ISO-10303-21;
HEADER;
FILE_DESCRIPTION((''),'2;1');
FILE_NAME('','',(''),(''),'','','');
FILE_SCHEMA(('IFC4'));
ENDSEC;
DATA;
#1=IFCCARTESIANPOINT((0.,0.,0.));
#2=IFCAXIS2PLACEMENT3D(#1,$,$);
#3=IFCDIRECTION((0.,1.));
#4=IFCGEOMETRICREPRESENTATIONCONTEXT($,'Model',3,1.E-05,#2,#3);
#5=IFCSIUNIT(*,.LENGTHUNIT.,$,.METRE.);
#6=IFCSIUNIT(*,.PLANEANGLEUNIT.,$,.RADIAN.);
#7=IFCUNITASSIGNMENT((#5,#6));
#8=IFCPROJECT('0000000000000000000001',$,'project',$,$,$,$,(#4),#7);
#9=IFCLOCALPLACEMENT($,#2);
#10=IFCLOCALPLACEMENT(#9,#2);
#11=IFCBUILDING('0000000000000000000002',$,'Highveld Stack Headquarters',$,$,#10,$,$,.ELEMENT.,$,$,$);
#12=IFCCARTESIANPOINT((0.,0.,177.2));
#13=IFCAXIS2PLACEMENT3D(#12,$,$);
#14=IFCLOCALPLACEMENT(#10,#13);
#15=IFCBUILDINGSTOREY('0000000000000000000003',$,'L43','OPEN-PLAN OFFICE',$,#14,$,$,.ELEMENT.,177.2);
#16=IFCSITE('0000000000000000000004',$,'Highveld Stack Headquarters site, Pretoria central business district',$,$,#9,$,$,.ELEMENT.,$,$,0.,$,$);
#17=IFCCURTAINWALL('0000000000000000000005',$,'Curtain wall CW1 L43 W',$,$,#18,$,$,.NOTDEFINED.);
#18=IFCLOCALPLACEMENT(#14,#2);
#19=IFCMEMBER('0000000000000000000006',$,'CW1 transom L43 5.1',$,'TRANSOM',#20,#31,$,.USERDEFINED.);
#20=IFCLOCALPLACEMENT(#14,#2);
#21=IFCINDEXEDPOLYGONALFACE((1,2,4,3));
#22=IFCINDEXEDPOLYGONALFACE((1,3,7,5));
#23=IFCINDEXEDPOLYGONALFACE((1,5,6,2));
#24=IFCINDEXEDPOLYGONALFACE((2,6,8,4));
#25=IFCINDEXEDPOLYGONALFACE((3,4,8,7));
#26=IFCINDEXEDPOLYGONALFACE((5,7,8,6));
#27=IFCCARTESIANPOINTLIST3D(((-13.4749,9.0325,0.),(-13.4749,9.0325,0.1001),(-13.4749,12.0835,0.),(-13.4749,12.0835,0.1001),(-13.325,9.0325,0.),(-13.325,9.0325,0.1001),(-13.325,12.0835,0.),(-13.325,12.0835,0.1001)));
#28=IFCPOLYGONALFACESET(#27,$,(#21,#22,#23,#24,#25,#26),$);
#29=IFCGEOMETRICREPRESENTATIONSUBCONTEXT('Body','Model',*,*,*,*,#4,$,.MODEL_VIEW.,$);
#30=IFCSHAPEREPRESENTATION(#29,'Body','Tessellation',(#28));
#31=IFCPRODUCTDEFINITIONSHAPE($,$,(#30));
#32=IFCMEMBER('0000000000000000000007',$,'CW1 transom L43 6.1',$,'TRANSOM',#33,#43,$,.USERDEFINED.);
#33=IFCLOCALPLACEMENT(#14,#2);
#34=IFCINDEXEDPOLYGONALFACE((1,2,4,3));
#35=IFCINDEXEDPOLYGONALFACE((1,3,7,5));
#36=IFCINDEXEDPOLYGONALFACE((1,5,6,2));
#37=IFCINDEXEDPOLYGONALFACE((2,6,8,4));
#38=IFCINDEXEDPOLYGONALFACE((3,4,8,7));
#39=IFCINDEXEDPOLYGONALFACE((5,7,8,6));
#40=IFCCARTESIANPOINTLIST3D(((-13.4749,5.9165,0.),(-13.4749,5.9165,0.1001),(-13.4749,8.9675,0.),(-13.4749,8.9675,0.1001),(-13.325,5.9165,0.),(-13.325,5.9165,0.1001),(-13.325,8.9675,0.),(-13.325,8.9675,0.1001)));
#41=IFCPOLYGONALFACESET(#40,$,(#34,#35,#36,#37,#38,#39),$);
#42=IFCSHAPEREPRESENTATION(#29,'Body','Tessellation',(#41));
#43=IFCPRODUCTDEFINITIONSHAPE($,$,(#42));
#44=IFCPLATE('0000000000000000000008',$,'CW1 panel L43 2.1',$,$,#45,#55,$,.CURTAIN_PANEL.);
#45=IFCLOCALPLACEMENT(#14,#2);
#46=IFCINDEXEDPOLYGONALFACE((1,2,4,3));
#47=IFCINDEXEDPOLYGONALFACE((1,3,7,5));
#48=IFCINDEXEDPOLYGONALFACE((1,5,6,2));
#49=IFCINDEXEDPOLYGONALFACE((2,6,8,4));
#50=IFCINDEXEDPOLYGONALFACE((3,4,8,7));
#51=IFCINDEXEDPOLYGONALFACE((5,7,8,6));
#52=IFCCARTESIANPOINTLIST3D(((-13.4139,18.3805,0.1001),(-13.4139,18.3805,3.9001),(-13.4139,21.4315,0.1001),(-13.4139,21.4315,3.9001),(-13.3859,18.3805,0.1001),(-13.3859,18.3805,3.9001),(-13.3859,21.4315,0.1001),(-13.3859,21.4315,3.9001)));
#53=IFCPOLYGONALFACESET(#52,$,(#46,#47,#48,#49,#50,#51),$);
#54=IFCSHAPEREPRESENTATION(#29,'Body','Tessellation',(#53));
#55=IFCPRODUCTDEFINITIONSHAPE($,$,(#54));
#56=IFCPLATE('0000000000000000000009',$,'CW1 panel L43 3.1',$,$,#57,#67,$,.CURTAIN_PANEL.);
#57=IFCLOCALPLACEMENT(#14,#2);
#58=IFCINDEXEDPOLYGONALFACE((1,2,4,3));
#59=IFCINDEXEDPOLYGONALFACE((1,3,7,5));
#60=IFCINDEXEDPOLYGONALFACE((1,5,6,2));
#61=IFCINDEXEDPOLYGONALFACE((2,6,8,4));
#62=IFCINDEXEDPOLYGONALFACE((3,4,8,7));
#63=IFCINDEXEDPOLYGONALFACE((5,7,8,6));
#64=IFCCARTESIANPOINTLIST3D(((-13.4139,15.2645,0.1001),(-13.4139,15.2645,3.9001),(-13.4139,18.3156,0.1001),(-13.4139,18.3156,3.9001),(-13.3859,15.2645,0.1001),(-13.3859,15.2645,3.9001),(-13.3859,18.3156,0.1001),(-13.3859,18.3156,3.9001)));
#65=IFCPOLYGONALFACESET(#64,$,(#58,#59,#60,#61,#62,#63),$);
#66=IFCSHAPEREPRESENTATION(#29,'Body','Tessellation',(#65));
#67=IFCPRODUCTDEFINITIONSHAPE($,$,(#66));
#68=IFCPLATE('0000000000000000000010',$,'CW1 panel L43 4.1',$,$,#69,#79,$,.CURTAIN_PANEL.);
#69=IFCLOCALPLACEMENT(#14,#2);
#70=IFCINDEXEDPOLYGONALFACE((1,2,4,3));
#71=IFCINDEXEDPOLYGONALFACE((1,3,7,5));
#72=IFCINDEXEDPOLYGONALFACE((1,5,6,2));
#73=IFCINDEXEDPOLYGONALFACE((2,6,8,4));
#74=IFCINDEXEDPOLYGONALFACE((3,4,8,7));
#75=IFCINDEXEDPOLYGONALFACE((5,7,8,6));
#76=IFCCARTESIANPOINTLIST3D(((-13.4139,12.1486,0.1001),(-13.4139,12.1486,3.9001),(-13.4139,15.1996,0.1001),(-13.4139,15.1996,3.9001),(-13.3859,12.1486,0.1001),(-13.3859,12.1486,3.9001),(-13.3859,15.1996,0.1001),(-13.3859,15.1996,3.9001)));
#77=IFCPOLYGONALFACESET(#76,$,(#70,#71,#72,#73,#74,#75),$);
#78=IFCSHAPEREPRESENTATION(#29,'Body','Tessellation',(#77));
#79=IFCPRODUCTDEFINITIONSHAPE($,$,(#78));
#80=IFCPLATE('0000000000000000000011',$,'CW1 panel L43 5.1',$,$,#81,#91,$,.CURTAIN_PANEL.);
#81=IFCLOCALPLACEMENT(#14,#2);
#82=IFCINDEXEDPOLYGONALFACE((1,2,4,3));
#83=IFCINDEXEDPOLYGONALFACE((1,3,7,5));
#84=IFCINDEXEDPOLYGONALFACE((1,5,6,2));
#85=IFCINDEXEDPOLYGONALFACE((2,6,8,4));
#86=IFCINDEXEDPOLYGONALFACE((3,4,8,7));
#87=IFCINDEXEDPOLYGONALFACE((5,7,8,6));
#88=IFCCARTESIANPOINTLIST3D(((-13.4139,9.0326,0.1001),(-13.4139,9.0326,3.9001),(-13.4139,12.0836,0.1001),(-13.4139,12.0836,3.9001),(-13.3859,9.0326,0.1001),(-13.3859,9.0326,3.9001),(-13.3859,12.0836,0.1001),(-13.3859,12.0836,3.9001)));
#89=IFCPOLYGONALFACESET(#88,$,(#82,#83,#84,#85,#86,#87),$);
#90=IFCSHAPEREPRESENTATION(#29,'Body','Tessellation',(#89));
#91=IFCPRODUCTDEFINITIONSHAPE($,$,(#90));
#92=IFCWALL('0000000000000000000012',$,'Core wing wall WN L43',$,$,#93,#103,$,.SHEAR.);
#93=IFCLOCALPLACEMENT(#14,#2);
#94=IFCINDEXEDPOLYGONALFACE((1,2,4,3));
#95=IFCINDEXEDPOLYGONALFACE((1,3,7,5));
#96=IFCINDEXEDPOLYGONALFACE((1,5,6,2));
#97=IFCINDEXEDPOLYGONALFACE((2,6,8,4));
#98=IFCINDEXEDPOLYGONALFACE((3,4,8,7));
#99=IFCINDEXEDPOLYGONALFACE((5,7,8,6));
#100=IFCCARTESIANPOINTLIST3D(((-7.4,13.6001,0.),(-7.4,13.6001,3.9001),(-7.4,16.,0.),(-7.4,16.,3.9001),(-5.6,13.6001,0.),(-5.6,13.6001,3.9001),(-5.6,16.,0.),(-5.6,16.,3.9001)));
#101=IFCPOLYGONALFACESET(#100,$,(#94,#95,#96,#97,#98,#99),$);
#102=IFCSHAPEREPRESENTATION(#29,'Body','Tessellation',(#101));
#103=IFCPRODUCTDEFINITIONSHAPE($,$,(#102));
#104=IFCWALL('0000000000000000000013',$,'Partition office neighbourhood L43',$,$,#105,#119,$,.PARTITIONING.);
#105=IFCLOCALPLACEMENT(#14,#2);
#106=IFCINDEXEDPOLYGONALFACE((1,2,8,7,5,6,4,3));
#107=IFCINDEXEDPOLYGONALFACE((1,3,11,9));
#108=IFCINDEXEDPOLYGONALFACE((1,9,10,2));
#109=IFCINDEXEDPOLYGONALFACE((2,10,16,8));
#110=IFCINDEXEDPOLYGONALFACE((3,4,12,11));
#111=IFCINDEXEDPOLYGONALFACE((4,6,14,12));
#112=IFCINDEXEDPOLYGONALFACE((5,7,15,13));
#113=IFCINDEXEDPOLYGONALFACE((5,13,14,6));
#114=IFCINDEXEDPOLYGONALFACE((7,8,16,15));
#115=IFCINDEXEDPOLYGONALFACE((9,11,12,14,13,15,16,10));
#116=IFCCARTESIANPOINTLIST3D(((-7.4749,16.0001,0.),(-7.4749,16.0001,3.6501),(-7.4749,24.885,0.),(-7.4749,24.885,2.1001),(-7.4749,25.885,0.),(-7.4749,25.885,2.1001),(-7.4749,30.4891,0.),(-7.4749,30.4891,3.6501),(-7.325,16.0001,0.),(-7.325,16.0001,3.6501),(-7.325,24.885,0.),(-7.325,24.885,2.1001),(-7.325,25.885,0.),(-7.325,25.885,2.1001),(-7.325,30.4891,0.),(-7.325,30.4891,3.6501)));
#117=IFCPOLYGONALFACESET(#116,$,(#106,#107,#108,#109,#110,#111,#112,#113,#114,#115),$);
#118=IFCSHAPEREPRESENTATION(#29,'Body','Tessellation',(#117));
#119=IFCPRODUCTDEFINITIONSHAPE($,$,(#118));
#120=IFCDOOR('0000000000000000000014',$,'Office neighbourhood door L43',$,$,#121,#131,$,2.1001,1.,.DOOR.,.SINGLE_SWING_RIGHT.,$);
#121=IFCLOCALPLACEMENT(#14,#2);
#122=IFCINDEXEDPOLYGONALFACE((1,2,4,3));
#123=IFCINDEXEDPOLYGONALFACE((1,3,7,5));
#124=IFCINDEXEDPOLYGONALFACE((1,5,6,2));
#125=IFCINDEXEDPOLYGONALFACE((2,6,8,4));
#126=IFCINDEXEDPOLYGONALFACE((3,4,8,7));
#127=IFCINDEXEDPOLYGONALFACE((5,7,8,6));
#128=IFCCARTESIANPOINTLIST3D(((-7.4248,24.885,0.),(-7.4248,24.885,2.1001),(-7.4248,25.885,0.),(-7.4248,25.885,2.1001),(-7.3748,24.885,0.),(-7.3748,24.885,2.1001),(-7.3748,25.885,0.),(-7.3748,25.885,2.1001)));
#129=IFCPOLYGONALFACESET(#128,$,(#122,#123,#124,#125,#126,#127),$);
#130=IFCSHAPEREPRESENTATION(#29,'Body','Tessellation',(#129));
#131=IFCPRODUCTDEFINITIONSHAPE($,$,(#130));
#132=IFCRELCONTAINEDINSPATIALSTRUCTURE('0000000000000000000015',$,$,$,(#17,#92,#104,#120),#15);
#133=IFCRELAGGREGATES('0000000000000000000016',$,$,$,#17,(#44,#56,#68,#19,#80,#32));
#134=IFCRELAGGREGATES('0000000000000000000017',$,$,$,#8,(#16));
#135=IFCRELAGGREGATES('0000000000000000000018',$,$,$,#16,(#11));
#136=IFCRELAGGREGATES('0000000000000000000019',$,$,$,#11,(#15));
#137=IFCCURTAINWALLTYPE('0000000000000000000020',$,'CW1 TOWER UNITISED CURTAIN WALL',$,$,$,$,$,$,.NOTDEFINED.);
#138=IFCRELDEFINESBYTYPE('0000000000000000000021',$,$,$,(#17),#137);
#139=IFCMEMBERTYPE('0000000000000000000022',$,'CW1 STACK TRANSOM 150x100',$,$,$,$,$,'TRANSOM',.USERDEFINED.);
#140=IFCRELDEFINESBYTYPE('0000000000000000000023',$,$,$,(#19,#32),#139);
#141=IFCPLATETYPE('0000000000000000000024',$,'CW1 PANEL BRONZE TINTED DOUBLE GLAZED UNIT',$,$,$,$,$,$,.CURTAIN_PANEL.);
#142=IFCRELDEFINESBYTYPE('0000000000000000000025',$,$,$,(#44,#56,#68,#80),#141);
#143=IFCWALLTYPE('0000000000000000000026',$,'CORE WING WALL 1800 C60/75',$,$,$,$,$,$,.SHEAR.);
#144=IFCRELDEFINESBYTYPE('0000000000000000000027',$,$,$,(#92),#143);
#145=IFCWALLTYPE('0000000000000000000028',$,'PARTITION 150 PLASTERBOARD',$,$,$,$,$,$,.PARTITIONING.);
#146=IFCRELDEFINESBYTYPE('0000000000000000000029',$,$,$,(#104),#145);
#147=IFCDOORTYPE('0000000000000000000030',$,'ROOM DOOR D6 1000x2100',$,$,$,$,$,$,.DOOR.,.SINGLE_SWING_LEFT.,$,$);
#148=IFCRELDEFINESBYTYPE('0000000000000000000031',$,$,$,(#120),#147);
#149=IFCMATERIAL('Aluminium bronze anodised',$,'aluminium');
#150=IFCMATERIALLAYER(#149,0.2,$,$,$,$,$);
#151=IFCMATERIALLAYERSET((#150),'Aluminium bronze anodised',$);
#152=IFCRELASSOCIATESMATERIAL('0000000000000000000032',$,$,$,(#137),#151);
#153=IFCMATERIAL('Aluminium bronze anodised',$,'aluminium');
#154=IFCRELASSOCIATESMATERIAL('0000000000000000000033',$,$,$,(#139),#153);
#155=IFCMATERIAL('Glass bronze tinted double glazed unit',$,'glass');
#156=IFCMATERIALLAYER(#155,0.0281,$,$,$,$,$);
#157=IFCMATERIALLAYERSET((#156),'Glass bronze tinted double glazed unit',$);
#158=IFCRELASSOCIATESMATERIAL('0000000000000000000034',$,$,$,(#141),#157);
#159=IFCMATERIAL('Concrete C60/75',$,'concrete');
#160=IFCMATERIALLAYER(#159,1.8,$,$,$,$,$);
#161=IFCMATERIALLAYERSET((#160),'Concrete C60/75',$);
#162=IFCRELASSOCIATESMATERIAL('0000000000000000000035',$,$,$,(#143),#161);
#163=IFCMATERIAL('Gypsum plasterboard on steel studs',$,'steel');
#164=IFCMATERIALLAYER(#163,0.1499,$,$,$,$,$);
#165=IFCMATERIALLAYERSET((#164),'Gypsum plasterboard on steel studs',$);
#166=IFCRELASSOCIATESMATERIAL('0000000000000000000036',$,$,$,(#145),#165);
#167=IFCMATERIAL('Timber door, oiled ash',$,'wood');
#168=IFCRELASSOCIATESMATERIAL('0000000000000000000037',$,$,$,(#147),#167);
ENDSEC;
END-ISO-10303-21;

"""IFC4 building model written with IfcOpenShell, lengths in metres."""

from ifc_helpers import new_model, si_unit, direction, frame, frame_2d, origin, origin_2d, place, context, subcontext, project, spatial, rectangle, extrude, material, layer, layer_set, material_profile, profile_set, type_object, element, fill, aggregate, save


model = new_model("IFC4")

# Units and contexts
model_context = context("Model", 3, precision=1e-05, world=origin(), true_north=direction((0.0, 1.0)))
body_context = subcontext(model_context, "Body", "Model", "MODEL_VIEW")
ifc_project = project(units=[si_unit("LENGTHUNIT", "METRE"), si_unit("PLANEANGLEUNIT", "RADIAN")], contexts=[model_context])

# Site, building, storey
site_placement = place(None, origin())
site = spatial("IfcSite", under=ifc_project, at=site_placement, Name="Highveld Stack Headquarters site, Pretoria central business district", CompositionType="ELEMENT", RefElevation=0.0)
building_placement = place(site_placement, origin())
building = spatial("IfcBuilding", under=site, at=building_placement, Name="Highveld Stack Headquarters", CompositionType="ELEMENT")
storey_placement = place(building_placement, frame((0.0, 0.0, 177.2)))
storey = spatial("IfcBuildingStorey", under=building, at=storey_placement, Name="L43", Description="OPEN-PLAN OFFICE", CompositionType="ELEMENT", Elevation=177.2)

# Curtain wall, members, plates
ifc_material_1 = material(Name="Aluminium bronze anodised", Category="aluminium")
ifc_layer_1 = layer(ifc_material_1, 0.2)
ifc_layer_set_1 = layer_set([ifc_layer_1], Name="Aluminium bronze anodised")
curtain_wall_type = type_object("IfcCurtainWallType", Name="CW1 TOWER UNITISED CURTAIN WALL", PredefinedType="NOTDEFINED", material=ifc_layer_set_1)
curtain_wall_placement = place(storey_placement, origin())
curtain_wall = element("IfcCurtainWall", 1, at=curtain_wall_placement, inside=storey, type_object=curtain_wall_type, Name="Curtain wall CW1 L43 W", PredefinedType="NOTDEFINED")
ifc_material_2 = material(Name="Aluminium bronze anodised", Category="aluminium")
ifc_material_profile_1 = material_profile(ifc_material_2, rectangle(XDim=0.1499, YDim=0.1001, at=origin_2d()), Name="CW1 TRANSOM 150x100")
ifc_profile_set_1 = profile_set([ifc_material_profile_1], Name="Aluminium bronze anodised")
member_type_1 = type_object("IfcMemberType", Name="CW1 STACK TRANSOM 150x100", ElementType="TRANSOM", PredefinedType="USERDEFINED", material=ifc_profile_set_1)
member_1_placement = place(storey_placement, frame((-13.3999, 12.0835, 0.05), z_axis=(0.0, -1.0, 0.0), x_axis=(1.0, 0.0, 0.0)))
member_1 = element("IfcMember", 2, at=member_1_placement, type_object=member_type_1, Name="CW1 transom L43 5.1", ObjectType="TRANSOM", PredefinedType="USERDEFINED", context=body_context, shape_type="SweptSolid", body=[
    extrude(rectangle(XDim=0.1499, YDim=0.1001, at=origin_2d()), origin(), (0.0, 0.0, 1.0), 3.051),
])
member_2_placement = place(storey_placement, frame((-13.3999, 8.9675, 0.05), z_axis=(0.0, -1.0, 0.0), x_axis=(1.0, 0.0, 0.0)))
member_2 = element("IfcMember", 3, at=member_2_placement, type_object=member_type_1, Name="CW1 transom L43 6.1", ObjectType="TRANSOM", PredefinedType="USERDEFINED", context=body_context, shape_type="SweptSolid", body=[
    extrude(rectangle(XDim=0.1499, YDim=0.1001, at=origin_2d()), origin(), (0.0, 0.0, 1.0), 3.051),
])
ifc_material_3 = material(Name="Glass bronze tinted double glazed unit", Category="glass")
ifc_layer_2 = layer(ifc_material_3, 0.0281)
ifc_layer_set_2 = layer_set([ifc_layer_2], Name="Glass bronze tinted double glazed unit")
plate_type = type_object("IfcPlateType", Name="CW1 PANEL BRONZE TINTED DOUBLE GLAZED UNIT", PredefinedType="CURTAIN_PANEL", material=ifc_layer_set_2)
plate_1_placement = place(storey_placement, frame((-13.3999, 19.906, 0.1001), z_axis=(0.0, 0.0, 1.0), x_axis=(0.0, -1.0, 0.0)))
plate_1 = element("IfcPlate", 4, at=plate_1_placement, type_object=plate_type, Name="CW1 panel L43 2.1", PredefinedType="CURTAIN_PANEL", context=body_context, shape_type="SweptSolid", body=[
    extrude(rectangle(XDim=3.051, YDim=0.0281, at=origin_2d()), origin(), (0.0, 0.0, 1.0), 3.8),
])
plate_2_placement = place(storey_placement, frame((-13.3999, 16.79, 0.1001), z_axis=(0.0, 0.0, 1.0), x_axis=(0.0, -1.0, 0.0)))
plate_2 = element("IfcPlate", 5, at=plate_2_placement, type_object=plate_type, Name="CW1 panel L43 3.1", PredefinedType="CURTAIN_PANEL", context=body_context, shape_type="SweptSolid", body=[
    extrude(rectangle(XDim=3.051, YDim=0.0281, at=origin_2d()), origin(), (0.0, 0.0, 1.0), 3.8),
])
plate_3_placement = place(storey_placement, frame((-13.3999, 13.6741, 0.1001), z_axis=(0.0, 0.0, 1.0), x_axis=(0.0, -1.0, 0.0)))
plate_3 = element("IfcPlate", 6, at=plate_3_placement, type_object=plate_type, Name="CW1 panel L43 4.1", PredefinedType="CURTAIN_PANEL", context=body_context, shape_type="SweptSolid", body=[
    extrude(rectangle(XDim=3.051, YDim=0.0281, at=origin_2d()), origin(), (0.0, 0.0, 1.0), 3.8),
])
plate_4_placement = place(storey_placement, frame((-13.3999, 10.5581, 0.1001), z_axis=(0.0, 0.0, 1.0), x_axis=(0.0, -1.0, 0.0)))
plate_4 = element("IfcPlate", 7, at=plate_4_placement, type_object=plate_type, Name="CW1 panel L43 5.1", PredefinedType="CURTAIN_PANEL", context=body_context, shape_type="SweptSolid", body=[
    extrude(rectangle(XDim=3.051, YDim=0.0281, at=origin_2d()), origin(), (0.0, 0.0, 1.0), 3.8),
])
aggregate(curtain_wall, [plate_1, plate_2, plate_3, member_1, plate_4, member_2])

# Wall
ifc_material_4 = material(Name="Concrete C60/75", Category="concrete")
ifc_layer_3 = layer(ifc_material_4, 1.8)
ifc_layer_set_3 = layer_set([ifc_layer_3], Name="Concrete C60/75")
wall_type_1 = type_object("IfcWallType", Name="CORE WING WALL 1800 C60/75", PredefinedType="SHEAR", material=ifc_layer_set_3)
wall_1_placement = place(storey_placement, frame((-6.5, 13.6001, 0.0), z_axis=(0.0, 0.0, 1.0), x_axis=(0.0, 1.0, 0.0)))
element("IfcWall", 8, at=wall_1_placement, inside=storey, type_object=wall_type_1, Name="Core wing wall WN L43", PredefinedType="SHEAR", context=body_context, shape_type="SweptSolid", body=[
    extrude(rectangle(XDim=2.3999, YDim=1.8, at=frame_2d((1.2, 0.0))), origin(), (0.0, 0.0, 1.0), 3.9001),
])

# Wall, opening, door
ifc_material_5 = material(Name="Gypsum plasterboard on steel studs", Category="steel")
ifc_layer_4 = layer(ifc_material_5, 0.1499)
ifc_layer_set_4 = layer_set([ifc_layer_4], Name="Gypsum plasterboard on steel studs")
wall_type_2 = type_object("IfcWallType", Name="PARTITION 150 PLASTERBOARD", PredefinedType="PARTITIONING", material=ifc_layer_set_4)
wall_2_placement = place(storey_placement, frame((-7.3999, 16.0, 0.0), z_axis=(0.0, 0.0, 1.0), x_axis=(0.0, 1.0, 0.0)))
wall_2 = element("IfcWall", 9, at=wall_2_placement, inside=storey, type_object=wall_type_2, Name="Partition office neighbourhood L43", PredefinedType="PARTITIONING", context=body_context, shape_type="SweptSolid", body=[
    extrude(rectangle(XDim=14.489, YDim=0.1499, at=frame_2d((7.2446, 0.0))), origin(), (0.0, 0.0, 1.0), 3.6501),
])
opening_placement = place(wall_2_placement, frame((8.885, 0.0, 0.0)))
opening = element("IfcOpeningElement", 10, at=opening_placement, cuts=wall_2, PredefinedType="OPENING", context=body_context, shape_type="SweptSolid", body=[
    extrude(rectangle(XDim=1.0, YDim=2.1001, at=frame_2d((0.5, 1.05))), frame((0.0, 0.085, 0.0), z_axis=(0.0, -1.0, 0.0), x_axis=(1.0, 0.0, 0.0)), (0.0, 0.0, 1.0), 0.1699),
])
ifc_material_6 = material(Name="Timber door, oiled ash", Category="wood")
door_type = type_object("IfcDoorType", Name="ROOM DOOR D6 1000x2100", OperationType="SINGLE_SWING_LEFT", PredefinedType="DOOR", material=ifc_material_6)
door_placement = place(opening_placement, origin())
door = element("IfcDoor", 11, at=door_placement, inside=storey, type_object=door_type, Name="Office neighbourhood door L43", OperationType="SINGLE_SWING_RIGHT", OverallHeight=2.1001, OverallWidth=1.0, PredefinedType="DOOR", context=body_context, shape_type="SweptSolid", body=[
    extrude(rectangle(XDim=1.0, YDim=2.1001, at=frame_2d((0.5, 1.05))), frame((0.0, 0.0249, 0.0), z_axis=(0.0, -1.0, 0.0), x_axis=(1.0, 0.0, 0.0)), (0.0, 0.0, 1.0), 0.05),
])
fill(opening, door)

save(model, "model.ifc")
